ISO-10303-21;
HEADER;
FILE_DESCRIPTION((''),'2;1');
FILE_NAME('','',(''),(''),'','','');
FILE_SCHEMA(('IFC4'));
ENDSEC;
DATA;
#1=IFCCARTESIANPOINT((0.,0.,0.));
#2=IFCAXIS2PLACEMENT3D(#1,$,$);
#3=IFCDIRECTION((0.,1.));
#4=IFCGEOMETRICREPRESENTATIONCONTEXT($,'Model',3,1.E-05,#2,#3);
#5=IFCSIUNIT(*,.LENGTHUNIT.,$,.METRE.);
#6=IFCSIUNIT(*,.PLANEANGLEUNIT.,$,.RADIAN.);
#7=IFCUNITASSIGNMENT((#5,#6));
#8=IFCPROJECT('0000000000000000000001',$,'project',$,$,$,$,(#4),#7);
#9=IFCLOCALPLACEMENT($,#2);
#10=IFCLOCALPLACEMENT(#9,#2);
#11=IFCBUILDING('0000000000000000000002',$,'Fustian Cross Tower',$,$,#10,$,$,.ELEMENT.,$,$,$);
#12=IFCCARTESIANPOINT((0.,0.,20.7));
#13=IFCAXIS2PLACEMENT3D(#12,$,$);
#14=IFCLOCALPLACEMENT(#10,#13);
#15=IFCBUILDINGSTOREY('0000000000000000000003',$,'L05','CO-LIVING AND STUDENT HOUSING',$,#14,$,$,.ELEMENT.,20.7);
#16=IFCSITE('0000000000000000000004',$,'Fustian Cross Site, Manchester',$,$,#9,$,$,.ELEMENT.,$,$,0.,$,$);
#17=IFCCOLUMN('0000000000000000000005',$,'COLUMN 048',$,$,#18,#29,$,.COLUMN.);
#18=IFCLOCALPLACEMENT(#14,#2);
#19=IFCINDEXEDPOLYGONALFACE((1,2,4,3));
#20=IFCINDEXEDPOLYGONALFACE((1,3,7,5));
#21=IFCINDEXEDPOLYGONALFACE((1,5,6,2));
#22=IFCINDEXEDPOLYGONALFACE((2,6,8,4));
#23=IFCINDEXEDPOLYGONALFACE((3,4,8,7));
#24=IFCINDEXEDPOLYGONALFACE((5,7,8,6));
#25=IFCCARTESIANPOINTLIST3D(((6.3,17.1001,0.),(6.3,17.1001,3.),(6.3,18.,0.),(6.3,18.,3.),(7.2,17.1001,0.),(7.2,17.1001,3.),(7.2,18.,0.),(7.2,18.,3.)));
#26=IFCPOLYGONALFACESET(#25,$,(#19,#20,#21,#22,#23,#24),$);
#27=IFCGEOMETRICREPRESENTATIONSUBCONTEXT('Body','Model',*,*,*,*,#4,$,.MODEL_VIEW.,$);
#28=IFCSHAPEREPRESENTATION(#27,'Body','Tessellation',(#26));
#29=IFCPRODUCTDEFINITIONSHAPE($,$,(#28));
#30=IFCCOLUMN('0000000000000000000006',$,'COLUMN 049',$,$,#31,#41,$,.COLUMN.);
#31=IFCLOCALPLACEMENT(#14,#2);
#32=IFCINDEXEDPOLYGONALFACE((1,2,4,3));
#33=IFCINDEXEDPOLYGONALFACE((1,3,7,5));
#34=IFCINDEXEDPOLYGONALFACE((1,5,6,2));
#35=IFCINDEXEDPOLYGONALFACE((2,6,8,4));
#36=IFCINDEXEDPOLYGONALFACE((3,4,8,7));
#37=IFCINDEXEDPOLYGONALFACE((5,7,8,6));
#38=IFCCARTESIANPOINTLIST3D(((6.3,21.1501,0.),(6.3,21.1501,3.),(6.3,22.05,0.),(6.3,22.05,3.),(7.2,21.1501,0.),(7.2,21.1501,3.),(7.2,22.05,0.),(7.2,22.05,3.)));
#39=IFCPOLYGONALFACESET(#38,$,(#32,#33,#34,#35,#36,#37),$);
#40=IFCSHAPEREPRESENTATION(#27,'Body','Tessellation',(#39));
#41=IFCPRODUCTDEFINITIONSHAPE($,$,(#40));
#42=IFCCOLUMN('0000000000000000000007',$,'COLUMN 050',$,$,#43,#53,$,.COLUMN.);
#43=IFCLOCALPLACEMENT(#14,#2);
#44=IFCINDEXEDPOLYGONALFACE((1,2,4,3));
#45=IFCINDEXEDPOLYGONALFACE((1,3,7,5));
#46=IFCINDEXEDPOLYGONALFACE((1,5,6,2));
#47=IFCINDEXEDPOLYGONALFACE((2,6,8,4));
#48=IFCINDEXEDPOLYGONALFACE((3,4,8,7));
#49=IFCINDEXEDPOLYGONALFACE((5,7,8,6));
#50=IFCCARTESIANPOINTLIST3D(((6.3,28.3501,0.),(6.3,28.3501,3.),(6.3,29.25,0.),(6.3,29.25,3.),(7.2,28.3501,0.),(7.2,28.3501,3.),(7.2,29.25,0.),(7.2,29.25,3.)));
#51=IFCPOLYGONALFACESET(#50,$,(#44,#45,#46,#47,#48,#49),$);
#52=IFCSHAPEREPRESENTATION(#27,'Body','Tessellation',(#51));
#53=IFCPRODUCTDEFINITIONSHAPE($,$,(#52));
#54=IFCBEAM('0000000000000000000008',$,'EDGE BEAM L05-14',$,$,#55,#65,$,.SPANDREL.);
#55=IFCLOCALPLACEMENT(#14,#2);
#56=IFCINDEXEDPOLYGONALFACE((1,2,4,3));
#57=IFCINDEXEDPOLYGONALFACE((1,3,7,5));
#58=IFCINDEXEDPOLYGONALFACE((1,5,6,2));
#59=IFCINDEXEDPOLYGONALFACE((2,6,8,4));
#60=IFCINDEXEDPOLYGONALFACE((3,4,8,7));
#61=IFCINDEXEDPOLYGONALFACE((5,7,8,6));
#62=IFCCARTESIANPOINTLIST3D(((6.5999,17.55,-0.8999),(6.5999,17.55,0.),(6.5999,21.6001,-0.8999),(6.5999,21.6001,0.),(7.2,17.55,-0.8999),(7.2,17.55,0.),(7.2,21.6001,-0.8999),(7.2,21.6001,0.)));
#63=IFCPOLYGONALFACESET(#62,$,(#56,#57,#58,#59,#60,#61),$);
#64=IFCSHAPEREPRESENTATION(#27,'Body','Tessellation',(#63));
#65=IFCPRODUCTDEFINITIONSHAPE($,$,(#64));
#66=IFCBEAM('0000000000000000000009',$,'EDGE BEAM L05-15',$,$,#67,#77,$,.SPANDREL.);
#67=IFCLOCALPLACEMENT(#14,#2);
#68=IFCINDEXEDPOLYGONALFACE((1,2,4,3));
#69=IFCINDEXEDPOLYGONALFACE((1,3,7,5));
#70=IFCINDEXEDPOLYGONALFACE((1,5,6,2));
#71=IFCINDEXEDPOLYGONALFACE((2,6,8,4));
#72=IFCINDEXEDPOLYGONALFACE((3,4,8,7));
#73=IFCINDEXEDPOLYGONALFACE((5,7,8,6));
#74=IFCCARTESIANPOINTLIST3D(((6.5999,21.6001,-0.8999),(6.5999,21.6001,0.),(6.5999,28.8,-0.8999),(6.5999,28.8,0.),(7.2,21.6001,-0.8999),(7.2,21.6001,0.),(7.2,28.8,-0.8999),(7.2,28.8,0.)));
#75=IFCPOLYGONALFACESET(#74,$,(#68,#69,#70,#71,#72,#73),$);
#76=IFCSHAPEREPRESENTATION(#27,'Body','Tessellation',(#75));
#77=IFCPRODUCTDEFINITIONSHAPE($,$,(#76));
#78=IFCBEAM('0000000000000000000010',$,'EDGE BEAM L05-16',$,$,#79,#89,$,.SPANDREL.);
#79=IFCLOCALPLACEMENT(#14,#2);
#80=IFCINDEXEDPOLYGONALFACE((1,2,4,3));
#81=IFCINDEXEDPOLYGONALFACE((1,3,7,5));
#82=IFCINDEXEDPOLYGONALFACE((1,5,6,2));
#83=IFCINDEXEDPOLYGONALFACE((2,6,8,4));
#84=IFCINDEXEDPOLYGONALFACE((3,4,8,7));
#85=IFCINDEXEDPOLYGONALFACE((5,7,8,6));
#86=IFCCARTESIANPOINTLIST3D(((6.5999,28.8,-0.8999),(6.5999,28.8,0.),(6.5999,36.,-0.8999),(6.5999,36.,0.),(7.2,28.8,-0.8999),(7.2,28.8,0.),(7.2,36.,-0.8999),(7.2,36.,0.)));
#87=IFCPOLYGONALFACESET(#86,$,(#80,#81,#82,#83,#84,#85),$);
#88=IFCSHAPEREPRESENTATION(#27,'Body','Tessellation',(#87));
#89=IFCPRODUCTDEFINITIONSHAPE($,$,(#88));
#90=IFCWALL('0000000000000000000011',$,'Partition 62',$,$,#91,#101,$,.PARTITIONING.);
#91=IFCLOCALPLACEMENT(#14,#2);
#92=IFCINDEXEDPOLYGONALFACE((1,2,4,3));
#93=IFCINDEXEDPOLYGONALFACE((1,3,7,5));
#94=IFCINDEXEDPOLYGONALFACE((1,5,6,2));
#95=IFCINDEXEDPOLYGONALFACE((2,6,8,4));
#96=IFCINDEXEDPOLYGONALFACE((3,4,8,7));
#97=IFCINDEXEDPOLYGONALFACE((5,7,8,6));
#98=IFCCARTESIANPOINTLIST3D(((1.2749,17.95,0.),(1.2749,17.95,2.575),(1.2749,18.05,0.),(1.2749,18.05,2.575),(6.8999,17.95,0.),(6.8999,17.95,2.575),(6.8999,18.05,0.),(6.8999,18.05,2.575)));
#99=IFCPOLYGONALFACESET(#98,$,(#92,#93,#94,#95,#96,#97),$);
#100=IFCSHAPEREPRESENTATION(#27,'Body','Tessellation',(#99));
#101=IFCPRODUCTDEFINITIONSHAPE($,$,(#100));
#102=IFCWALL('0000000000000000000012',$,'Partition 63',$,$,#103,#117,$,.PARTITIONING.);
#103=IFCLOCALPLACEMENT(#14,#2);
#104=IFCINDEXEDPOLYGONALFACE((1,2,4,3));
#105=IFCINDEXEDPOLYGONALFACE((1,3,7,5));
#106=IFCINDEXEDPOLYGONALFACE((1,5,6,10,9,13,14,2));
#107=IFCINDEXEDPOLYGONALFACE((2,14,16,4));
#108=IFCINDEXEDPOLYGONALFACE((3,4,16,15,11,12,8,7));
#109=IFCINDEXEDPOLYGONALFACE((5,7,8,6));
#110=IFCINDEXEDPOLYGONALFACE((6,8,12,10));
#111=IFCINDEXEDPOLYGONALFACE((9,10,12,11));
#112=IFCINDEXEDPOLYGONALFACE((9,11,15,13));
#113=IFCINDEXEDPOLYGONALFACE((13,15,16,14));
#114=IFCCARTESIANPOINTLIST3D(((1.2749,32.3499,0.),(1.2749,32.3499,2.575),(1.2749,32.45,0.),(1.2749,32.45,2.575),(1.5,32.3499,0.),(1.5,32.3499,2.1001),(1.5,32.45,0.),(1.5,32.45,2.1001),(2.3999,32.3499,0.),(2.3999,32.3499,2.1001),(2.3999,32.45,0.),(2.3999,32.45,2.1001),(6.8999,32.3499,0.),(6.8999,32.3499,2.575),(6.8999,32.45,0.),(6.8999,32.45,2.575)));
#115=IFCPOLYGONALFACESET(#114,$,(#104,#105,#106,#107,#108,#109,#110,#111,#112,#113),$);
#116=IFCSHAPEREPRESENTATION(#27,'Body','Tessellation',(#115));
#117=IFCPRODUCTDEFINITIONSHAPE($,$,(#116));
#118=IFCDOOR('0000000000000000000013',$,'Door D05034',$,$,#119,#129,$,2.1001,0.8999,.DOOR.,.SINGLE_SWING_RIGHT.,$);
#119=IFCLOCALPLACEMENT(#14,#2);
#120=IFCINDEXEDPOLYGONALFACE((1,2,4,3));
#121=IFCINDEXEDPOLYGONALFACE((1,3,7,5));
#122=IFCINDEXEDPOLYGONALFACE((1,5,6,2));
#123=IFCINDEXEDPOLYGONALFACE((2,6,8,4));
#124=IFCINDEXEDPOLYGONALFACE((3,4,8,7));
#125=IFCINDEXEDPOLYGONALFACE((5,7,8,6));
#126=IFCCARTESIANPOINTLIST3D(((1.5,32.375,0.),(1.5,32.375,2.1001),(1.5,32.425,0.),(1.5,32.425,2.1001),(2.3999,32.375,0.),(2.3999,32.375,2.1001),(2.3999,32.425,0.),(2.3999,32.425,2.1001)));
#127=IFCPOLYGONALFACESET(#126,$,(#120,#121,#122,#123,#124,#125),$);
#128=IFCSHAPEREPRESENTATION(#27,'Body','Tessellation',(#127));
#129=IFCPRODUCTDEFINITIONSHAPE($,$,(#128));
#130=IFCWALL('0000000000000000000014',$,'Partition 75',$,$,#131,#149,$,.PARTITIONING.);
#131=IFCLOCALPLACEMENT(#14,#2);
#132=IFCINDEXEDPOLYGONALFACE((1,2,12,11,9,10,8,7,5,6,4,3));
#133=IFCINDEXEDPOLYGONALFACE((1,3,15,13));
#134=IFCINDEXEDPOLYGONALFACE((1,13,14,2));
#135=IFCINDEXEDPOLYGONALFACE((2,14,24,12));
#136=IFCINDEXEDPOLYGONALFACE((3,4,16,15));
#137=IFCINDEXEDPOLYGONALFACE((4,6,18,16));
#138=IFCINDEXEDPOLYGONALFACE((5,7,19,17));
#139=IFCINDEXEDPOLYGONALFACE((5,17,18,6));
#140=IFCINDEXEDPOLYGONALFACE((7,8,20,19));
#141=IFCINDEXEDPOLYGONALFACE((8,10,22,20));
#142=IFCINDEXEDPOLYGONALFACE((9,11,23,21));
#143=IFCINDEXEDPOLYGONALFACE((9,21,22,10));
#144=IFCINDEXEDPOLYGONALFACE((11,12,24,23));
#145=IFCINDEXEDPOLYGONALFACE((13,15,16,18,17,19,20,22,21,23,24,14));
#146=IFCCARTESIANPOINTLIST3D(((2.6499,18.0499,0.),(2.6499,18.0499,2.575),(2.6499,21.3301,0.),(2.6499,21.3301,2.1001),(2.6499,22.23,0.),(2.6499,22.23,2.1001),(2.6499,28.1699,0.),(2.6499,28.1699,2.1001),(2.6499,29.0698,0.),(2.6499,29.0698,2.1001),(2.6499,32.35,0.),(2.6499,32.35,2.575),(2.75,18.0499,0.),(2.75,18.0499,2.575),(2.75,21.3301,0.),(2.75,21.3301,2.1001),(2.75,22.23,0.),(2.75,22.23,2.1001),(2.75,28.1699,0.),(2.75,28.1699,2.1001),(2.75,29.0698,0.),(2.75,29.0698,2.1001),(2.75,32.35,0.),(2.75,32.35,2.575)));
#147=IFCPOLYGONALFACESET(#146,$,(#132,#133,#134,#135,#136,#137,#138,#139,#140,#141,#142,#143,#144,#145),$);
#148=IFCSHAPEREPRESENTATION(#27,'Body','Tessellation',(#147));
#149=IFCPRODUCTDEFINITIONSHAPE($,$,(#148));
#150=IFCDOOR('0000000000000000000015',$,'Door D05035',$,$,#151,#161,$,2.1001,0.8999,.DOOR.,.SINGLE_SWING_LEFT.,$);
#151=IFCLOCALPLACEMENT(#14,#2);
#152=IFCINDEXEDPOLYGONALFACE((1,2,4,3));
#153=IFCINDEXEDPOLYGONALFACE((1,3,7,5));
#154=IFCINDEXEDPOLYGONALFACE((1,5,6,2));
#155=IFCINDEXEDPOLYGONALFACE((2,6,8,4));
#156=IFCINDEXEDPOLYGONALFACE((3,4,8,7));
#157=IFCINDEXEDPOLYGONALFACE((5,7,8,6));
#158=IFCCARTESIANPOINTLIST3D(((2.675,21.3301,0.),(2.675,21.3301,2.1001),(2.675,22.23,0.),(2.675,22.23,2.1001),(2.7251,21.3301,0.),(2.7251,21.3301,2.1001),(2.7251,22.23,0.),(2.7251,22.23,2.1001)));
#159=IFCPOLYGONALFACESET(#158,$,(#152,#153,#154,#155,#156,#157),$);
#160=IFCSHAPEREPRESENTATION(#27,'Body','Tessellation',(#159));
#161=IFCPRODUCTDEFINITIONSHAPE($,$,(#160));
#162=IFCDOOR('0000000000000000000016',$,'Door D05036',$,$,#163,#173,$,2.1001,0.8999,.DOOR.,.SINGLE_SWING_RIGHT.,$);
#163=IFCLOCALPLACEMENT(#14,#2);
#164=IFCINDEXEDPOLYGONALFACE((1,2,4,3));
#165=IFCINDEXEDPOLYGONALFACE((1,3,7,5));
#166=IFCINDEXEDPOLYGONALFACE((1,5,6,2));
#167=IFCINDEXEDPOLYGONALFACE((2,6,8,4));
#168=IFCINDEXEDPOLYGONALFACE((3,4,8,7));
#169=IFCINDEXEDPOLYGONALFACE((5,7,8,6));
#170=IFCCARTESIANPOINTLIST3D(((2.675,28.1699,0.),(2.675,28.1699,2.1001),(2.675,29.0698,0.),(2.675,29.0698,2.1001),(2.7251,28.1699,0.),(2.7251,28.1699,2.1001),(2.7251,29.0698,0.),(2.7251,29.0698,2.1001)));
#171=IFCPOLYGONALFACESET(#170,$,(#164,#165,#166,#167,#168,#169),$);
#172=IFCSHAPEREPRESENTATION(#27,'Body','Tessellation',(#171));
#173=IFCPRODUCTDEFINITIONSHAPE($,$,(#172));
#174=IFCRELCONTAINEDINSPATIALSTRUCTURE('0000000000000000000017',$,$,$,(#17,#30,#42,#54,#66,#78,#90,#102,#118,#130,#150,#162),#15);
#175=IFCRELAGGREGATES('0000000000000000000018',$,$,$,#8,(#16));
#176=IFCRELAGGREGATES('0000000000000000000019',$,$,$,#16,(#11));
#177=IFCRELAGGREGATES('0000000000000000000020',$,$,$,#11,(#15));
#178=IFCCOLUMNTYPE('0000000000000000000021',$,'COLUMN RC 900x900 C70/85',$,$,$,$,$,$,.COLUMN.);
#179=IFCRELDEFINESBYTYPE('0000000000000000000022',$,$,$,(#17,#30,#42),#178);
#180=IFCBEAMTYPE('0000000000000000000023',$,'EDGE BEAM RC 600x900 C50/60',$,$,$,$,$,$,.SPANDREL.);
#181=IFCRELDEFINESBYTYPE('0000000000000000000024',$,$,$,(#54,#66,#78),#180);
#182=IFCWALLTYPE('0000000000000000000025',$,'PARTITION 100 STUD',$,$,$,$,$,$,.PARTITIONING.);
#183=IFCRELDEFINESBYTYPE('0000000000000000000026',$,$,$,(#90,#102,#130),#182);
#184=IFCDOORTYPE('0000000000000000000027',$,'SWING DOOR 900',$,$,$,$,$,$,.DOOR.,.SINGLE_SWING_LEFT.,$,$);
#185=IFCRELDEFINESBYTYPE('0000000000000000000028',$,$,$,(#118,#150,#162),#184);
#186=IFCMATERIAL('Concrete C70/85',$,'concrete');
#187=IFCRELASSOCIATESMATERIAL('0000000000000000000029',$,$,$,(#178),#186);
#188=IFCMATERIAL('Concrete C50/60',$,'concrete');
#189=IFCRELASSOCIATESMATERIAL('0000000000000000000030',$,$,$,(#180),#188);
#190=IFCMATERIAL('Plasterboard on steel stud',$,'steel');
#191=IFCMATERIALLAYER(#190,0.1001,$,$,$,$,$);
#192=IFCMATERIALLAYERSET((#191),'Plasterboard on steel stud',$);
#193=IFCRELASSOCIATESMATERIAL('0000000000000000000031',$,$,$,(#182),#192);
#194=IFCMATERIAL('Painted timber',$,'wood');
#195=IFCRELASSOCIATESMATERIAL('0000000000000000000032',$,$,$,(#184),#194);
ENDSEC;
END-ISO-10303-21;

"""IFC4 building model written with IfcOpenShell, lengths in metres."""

from ifc_helpers import new_model, si_unit, direction, frame, frame_2d, origin, origin_2d, place, context, subcontext, project, spatial, rectangle, extrude, material, layer, layer_set, material_profile, profile_set, type_object, element, fill, save


model = new_model("IFC4")

# Units and contexts
model_context = context("Model", 3, precision=1e-05, world=origin(), true_north=direction((0.0, 1.0)))
body_context = subcontext(model_context, "Body", "Model", "MODEL_VIEW")
ifc_project = project(units=[si_unit("LENGTHUNIT", "METRE"), si_unit("PLANEANGLEUNIT", "RADIAN")], contexts=[model_context])

# Site, building, storey
site_placement = place(None, origin())
site = spatial("IfcSite", under=ifc_project, at=site_placement, Name="Fustian Cross Site, Manchester", CompositionType="ELEMENT", RefElevation=0.0)
building_placement = place(site_placement, origin())
building = spatial("IfcBuilding", under=site, at=building_placement, Name="Fustian Cross Tower", CompositionType="ELEMENT")
storey_placement = place(building_placement, frame((0.0, 0.0, 20.7)))
storey = spatial("IfcBuildingStorey", under=building, at=storey_placement, Name="L05", Description="CO-LIVING AND STUDENT HOUSING", CompositionType="ELEMENT", Elevation=20.7)

# Columns
ifc_material_1 = material(Name="Concrete C70/85", Category="concrete")
ifc_material_profile_1 = material_profile(ifc_material_1, rectangle(XDim=0.8999, YDim=0.8999, at=origin_2d()), Name="RC 900x900")
ifc_profile_set_1 = profile_set([ifc_material_profile_1], Name="Concrete C70/85")
column_type = type_object("IfcColumnType", Name="COLUMN RC 900x900 C70/85", PredefinedType="COLUMN", material=ifc_profile_set_1)
for number, where, z_axis, x_axis, name in (
    (1, (6.75, 17.55, 0.0), (0.0, 0.0, 1.0), (1.0, 0.0, 0.0), "COLUMN 048"),
    (2, (6.75, 21.6001, 0.0), (0.0, 0.0, 1.0), (1.0, 0.0, 0.0), "COLUMN 049"),
    (3, (6.75, 28.8, 0.0), (0.0, 0.0, 1.0), (1.0, 0.0, 0.0), "COLUMN 050"),
):
    element("IfcColumn", number, at=place(storey_placement, frame(where, z_axis=z_axis, x_axis=x_axis)), inside=storey, type_object=column_type, Name=name, PredefinedType="COLUMN", context=body_context, shape_type="SweptSolid", body=[
        extrude(rectangle(XDim=0.8999, YDim=0.8999, at=origin_2d()), origin(), (0.0, 0.0, 1.0), 3.0),
    ])

# Beams
ifc_material_2 = material(Name="Concrete C50/60", Category="concrete")
ifc_material_profile_2 = material_profile(ifc_material_2, rectangle(XDim=0.6001, YDim=0.8999, at=origin_2d()), Name="RC 600x900")
ifc_profile_set_2 = profile_set([ifc_material_profile_2], Name="Concrete C50/60")
beam_type = type_object("IfcBeamType", Name="EDGE BEAM RC 600x900 C50/60", PredefinedType="SPANDREL", material=ifc_profile_set_2)
beam_placement = place(storey_placement, frame((6.8999, 17.55, -0.45), z_axis=(0.0, 1.0, 0.0), x_axis=(-1.0, 0.0, 0.0)))
element("IfcBeam", 4, at=beam_placement, inside=storey, type_object=beam_type, Name="EDGE BEAM L05-14", PredefinedType="SPANDREL", context=body_context, shape_type="SweptSolid", body=[
    extrude(rectangle(XDim=0.6001, YDim=0.8999, at=origin_2d()), origin(), (0.0, 0.0, 1.0), 4.05),
])
for number, where, z_axis, x_axis, name in (
    (5, (6.8999, 21.6001, -0.45), (0.0, 1.0, 0.0), (-1.0, 0.0, 0.0), "EDGE BEAM L05-15"),
    (6, (6.8999, 28.8, -0.45), (0.0, 1.0, 0.0), (-1.0, 0.0, 0.0), "EDGE BEAM L05-16"),
):
    element("IfcBeam", number, at=place(storey_placement, frame(where, z_axis=z_axis, x_axis=x_axis)), inside=storey, type_object=beam_type, Name=name, PredefinedType="SPANDREL", context=body_context, shape_type="SweptSolid", body=[
        extrude(rectangle(XDim=0.6001, YDim=0.8999, at=origin_2d()), origin(), (0.0, 0.0, 1.0), 7.2),
    ])

# Wall
ifc_material_3 = material(Name="Plasterboard on steel stud", Category="steel")
ifc_layer_1 = layer(ifc_material_3, 0.1001)
ifc_layer_set_1 = layer_set([ifc_layer_1], Name="Plasterboard on steel stud")
wall_type_1 = type_object("IfcWallType", Name="PARTITION 100 STUD", PredefinedType="PARTITIONING", material=ifc_layer_set_1)
wall_1_placement = place(storey_placement, frame((1.2749, 18.0, 0.0), z_axis=(0.0, 0.0, 1.0), x_axis=(1.0, 0.0, 0.0)))
element("IfcWall", 7, at=wall_1_placement, inside=storey, type_object=wall_type_1, Name="Partition 62", PredefinedType="PARTITIONING", context=body_context, shape_type="SweptSolid", body=[
    extrude(rectangle(XDim=5.625, YDim=0.1001, at=frame_2d((2.8125, 0.0))), origin(), (0.0, 0.0, 1.0), 2.575),
])

# Wall, opening, door
wall_2_placement = place(storey_placement, frame((1.2749, 32.3999, 0.0), z_axis=(0.0, 0.0, 1.0), x_axis=(1.0, 0.0, 0.0)))
wall_2 = element("IfcWall", 8, at=wall_2_placement, inside=storey, type_object=wall_type_1, Name="Partition 63", PredefinedType="PARTITIONING", context=body_context, shape_type="SweptSolid", body=[
    extrude(rectangle(XDim=5.625, YDim=0.1001, at=frame_2d((2.8125, 0.0))), origin(), (0.0, 0.0, 1.0), 2.575),
])
opening_1_placement = place(wall_2_placement, frame((0.2251, 0.0, 0.0)))
opening_1 = element("IfcOpeningElement", 9, at=opening_1_placement, cuts=wall_2, PredefinedType="OPENING", context=body_context, shape_type="SweptSolid", body=[
    extrude(rectangle(XDim=0.8999, YDim=2.1001, at=frame_2d((0.45, 1.05))), frame((0.0, 0.0601, 0.0), z_axis=(0.0, -1.0, 0.0), x_axis=(1.0, 0.0, 0.0)), (0.0, 0.0, 1.0), 0.1201),
])
ifc_material_4 = material(Name="Painted timber", Category="wood")
door_type_1 = type_object("IfcDoorType", Name="SWING DOOR 900", OperationType="SINGLE_SWING_LEFT", PredefinedType="DOOR", material=ifc_material_4)
door_1_placement = place(opening_1_placement, frame((0.8999, 0.0, 0.0), z_axis=(0.0, 0.0, 1.0), x_axis=(-1.0, 0.0, 0.0)))
door_1 = element("IfcDoor", 10, at=door_1_placement, inside=storey, type_object=door_type_1, Name="Door D05034", OperationType="SINGLE_SWING_RIGHT", OverallHeight=2.1001, OverallWidth=0.8999, PredefinedType="DOOR", context=body_context, shape_type="SweptSolid", body=[
    extrude(rectangle(XDim=0.8999, YDim=2.1001, at=frame_2d((0.45, 1.05))), frame((0.0, 0.0249, 0.0), z_axis=(0.0, -1.0, 0.0), x_axis=(1.0, 0.0, 0.0)), (0.0, 0.0, 1.0), 0.05),
])
fill(opening_1, door_1)

# Wall, openings, doors
wall_3_placement = place(storey_placement, frame((2.7, 18.05, 0.0), z_axis=(0.0, 0.0, 1.0), x_axis=(0.0, 1.0, 0.0)))
wall_3 = element("IfcWall", 11, at=wall_3_placement, inside=storey, type_object=wall_type_1, Name="Partition 75", PredefinedType="PARTITIONING", context=body_context, shape_type="SweptSolid", body=[
    extrude(rectangle(XDim=14.3, YDim=0.1001, at=frame_2d((7.1499, 0.0))), origin(), (0.0, 0.0, 1.0), 2.575),
])
opening_2_placement = place(wall_3_placement, frame((3.28, 0.0, 0.0)))
opening_2 = element("IfcOpeningElement", 12, at=opening_2_placement, cuts=wall_3, PredefinedType="OPENING", context=body_context, shape_type="SweptSolid", body=[
    extrude(rectangle(XDim=0.8999, YDim=2.1001, at=frame_2d((0.45, 1.05))), frame((0.0, 0.0601, 0.0), z_axis=(0.0, -1.0, 0.0), x_axis=(1.0, 0.0, 0.0)), (0.0, 0.0, 1.0), 0.1201),
])
opening_3_placement = place(wall_3_placement, frame((10.1199, 0.0, 0.0)))
opening_3 = element("IfcOpeningElement", 13, at=opening_3_placement, cuts=wall_3, PredefinedType="OPENING", context=body_context, shape_type="SweptSolid", body=[
    extrude(rectangle(XDim=0.8999, YDim=2.1001, at=frame_2d((0.45, 1.05))), frame((0.0, 0.0601, 0.0), z_axis=(0.0, -1.0, 0.0), x_axis=(1.0, 0.0, 0.0)), (0.0, 0.0, 1.0), 0.1201),
])
door_2_placement = place(opening_2_placement, origin())
door_2 = element("IfcDoor", 14, at=door_2_placement, inside=storey, type_object=door_type_1, Name="Door D05035", OperationType="SINGLE_SWING_LEFT", OverallHeight=2.1001, OverallWidth=0.8999, PredefinedType="DOOR", context=body_context, shape_type="SweptSolid", body=[
    extrude(rectangle(XDim=0.8999, YDim=2.1001, at=frame_2d((0.45, 1.05))), frame((0.0, 0.0249, 0.0), z_axis=(0.0, -1.0, 0.0), x_axis=(1.0, 0.0, 0.0)), (0.0, 0.0, 1.0), 0.05),
])
fill(opening_2, door_2)
door_3_placement = place(opening_3_placement, origin())
door_3 = element("IfcDoor", 15, at=door_3_placement, inside=storey, type_object=door_type_1, Name="Door D05036", OperationType="SINGLE_SWING_RIGHT", OverallHeight=2.1001, OverallWidth=0.8999, PredefinedType="DOOR", context=body_context, shape_type="SweptSolid", body=[
    extrude(rectangle(XDim=0.8999, YDim=2.1001, at=frame_2d((0.45, 1.05))), frame((0.0, 0.0249, 0.0), z_axis=(0.0, -1.0, 0.0), x_axis=(1.0, 0.0, 0.0)), (0.0, 0.0, 1.0), 0.05),
])
fill(opening_3, door_3)

save(model, "model.ifc")
